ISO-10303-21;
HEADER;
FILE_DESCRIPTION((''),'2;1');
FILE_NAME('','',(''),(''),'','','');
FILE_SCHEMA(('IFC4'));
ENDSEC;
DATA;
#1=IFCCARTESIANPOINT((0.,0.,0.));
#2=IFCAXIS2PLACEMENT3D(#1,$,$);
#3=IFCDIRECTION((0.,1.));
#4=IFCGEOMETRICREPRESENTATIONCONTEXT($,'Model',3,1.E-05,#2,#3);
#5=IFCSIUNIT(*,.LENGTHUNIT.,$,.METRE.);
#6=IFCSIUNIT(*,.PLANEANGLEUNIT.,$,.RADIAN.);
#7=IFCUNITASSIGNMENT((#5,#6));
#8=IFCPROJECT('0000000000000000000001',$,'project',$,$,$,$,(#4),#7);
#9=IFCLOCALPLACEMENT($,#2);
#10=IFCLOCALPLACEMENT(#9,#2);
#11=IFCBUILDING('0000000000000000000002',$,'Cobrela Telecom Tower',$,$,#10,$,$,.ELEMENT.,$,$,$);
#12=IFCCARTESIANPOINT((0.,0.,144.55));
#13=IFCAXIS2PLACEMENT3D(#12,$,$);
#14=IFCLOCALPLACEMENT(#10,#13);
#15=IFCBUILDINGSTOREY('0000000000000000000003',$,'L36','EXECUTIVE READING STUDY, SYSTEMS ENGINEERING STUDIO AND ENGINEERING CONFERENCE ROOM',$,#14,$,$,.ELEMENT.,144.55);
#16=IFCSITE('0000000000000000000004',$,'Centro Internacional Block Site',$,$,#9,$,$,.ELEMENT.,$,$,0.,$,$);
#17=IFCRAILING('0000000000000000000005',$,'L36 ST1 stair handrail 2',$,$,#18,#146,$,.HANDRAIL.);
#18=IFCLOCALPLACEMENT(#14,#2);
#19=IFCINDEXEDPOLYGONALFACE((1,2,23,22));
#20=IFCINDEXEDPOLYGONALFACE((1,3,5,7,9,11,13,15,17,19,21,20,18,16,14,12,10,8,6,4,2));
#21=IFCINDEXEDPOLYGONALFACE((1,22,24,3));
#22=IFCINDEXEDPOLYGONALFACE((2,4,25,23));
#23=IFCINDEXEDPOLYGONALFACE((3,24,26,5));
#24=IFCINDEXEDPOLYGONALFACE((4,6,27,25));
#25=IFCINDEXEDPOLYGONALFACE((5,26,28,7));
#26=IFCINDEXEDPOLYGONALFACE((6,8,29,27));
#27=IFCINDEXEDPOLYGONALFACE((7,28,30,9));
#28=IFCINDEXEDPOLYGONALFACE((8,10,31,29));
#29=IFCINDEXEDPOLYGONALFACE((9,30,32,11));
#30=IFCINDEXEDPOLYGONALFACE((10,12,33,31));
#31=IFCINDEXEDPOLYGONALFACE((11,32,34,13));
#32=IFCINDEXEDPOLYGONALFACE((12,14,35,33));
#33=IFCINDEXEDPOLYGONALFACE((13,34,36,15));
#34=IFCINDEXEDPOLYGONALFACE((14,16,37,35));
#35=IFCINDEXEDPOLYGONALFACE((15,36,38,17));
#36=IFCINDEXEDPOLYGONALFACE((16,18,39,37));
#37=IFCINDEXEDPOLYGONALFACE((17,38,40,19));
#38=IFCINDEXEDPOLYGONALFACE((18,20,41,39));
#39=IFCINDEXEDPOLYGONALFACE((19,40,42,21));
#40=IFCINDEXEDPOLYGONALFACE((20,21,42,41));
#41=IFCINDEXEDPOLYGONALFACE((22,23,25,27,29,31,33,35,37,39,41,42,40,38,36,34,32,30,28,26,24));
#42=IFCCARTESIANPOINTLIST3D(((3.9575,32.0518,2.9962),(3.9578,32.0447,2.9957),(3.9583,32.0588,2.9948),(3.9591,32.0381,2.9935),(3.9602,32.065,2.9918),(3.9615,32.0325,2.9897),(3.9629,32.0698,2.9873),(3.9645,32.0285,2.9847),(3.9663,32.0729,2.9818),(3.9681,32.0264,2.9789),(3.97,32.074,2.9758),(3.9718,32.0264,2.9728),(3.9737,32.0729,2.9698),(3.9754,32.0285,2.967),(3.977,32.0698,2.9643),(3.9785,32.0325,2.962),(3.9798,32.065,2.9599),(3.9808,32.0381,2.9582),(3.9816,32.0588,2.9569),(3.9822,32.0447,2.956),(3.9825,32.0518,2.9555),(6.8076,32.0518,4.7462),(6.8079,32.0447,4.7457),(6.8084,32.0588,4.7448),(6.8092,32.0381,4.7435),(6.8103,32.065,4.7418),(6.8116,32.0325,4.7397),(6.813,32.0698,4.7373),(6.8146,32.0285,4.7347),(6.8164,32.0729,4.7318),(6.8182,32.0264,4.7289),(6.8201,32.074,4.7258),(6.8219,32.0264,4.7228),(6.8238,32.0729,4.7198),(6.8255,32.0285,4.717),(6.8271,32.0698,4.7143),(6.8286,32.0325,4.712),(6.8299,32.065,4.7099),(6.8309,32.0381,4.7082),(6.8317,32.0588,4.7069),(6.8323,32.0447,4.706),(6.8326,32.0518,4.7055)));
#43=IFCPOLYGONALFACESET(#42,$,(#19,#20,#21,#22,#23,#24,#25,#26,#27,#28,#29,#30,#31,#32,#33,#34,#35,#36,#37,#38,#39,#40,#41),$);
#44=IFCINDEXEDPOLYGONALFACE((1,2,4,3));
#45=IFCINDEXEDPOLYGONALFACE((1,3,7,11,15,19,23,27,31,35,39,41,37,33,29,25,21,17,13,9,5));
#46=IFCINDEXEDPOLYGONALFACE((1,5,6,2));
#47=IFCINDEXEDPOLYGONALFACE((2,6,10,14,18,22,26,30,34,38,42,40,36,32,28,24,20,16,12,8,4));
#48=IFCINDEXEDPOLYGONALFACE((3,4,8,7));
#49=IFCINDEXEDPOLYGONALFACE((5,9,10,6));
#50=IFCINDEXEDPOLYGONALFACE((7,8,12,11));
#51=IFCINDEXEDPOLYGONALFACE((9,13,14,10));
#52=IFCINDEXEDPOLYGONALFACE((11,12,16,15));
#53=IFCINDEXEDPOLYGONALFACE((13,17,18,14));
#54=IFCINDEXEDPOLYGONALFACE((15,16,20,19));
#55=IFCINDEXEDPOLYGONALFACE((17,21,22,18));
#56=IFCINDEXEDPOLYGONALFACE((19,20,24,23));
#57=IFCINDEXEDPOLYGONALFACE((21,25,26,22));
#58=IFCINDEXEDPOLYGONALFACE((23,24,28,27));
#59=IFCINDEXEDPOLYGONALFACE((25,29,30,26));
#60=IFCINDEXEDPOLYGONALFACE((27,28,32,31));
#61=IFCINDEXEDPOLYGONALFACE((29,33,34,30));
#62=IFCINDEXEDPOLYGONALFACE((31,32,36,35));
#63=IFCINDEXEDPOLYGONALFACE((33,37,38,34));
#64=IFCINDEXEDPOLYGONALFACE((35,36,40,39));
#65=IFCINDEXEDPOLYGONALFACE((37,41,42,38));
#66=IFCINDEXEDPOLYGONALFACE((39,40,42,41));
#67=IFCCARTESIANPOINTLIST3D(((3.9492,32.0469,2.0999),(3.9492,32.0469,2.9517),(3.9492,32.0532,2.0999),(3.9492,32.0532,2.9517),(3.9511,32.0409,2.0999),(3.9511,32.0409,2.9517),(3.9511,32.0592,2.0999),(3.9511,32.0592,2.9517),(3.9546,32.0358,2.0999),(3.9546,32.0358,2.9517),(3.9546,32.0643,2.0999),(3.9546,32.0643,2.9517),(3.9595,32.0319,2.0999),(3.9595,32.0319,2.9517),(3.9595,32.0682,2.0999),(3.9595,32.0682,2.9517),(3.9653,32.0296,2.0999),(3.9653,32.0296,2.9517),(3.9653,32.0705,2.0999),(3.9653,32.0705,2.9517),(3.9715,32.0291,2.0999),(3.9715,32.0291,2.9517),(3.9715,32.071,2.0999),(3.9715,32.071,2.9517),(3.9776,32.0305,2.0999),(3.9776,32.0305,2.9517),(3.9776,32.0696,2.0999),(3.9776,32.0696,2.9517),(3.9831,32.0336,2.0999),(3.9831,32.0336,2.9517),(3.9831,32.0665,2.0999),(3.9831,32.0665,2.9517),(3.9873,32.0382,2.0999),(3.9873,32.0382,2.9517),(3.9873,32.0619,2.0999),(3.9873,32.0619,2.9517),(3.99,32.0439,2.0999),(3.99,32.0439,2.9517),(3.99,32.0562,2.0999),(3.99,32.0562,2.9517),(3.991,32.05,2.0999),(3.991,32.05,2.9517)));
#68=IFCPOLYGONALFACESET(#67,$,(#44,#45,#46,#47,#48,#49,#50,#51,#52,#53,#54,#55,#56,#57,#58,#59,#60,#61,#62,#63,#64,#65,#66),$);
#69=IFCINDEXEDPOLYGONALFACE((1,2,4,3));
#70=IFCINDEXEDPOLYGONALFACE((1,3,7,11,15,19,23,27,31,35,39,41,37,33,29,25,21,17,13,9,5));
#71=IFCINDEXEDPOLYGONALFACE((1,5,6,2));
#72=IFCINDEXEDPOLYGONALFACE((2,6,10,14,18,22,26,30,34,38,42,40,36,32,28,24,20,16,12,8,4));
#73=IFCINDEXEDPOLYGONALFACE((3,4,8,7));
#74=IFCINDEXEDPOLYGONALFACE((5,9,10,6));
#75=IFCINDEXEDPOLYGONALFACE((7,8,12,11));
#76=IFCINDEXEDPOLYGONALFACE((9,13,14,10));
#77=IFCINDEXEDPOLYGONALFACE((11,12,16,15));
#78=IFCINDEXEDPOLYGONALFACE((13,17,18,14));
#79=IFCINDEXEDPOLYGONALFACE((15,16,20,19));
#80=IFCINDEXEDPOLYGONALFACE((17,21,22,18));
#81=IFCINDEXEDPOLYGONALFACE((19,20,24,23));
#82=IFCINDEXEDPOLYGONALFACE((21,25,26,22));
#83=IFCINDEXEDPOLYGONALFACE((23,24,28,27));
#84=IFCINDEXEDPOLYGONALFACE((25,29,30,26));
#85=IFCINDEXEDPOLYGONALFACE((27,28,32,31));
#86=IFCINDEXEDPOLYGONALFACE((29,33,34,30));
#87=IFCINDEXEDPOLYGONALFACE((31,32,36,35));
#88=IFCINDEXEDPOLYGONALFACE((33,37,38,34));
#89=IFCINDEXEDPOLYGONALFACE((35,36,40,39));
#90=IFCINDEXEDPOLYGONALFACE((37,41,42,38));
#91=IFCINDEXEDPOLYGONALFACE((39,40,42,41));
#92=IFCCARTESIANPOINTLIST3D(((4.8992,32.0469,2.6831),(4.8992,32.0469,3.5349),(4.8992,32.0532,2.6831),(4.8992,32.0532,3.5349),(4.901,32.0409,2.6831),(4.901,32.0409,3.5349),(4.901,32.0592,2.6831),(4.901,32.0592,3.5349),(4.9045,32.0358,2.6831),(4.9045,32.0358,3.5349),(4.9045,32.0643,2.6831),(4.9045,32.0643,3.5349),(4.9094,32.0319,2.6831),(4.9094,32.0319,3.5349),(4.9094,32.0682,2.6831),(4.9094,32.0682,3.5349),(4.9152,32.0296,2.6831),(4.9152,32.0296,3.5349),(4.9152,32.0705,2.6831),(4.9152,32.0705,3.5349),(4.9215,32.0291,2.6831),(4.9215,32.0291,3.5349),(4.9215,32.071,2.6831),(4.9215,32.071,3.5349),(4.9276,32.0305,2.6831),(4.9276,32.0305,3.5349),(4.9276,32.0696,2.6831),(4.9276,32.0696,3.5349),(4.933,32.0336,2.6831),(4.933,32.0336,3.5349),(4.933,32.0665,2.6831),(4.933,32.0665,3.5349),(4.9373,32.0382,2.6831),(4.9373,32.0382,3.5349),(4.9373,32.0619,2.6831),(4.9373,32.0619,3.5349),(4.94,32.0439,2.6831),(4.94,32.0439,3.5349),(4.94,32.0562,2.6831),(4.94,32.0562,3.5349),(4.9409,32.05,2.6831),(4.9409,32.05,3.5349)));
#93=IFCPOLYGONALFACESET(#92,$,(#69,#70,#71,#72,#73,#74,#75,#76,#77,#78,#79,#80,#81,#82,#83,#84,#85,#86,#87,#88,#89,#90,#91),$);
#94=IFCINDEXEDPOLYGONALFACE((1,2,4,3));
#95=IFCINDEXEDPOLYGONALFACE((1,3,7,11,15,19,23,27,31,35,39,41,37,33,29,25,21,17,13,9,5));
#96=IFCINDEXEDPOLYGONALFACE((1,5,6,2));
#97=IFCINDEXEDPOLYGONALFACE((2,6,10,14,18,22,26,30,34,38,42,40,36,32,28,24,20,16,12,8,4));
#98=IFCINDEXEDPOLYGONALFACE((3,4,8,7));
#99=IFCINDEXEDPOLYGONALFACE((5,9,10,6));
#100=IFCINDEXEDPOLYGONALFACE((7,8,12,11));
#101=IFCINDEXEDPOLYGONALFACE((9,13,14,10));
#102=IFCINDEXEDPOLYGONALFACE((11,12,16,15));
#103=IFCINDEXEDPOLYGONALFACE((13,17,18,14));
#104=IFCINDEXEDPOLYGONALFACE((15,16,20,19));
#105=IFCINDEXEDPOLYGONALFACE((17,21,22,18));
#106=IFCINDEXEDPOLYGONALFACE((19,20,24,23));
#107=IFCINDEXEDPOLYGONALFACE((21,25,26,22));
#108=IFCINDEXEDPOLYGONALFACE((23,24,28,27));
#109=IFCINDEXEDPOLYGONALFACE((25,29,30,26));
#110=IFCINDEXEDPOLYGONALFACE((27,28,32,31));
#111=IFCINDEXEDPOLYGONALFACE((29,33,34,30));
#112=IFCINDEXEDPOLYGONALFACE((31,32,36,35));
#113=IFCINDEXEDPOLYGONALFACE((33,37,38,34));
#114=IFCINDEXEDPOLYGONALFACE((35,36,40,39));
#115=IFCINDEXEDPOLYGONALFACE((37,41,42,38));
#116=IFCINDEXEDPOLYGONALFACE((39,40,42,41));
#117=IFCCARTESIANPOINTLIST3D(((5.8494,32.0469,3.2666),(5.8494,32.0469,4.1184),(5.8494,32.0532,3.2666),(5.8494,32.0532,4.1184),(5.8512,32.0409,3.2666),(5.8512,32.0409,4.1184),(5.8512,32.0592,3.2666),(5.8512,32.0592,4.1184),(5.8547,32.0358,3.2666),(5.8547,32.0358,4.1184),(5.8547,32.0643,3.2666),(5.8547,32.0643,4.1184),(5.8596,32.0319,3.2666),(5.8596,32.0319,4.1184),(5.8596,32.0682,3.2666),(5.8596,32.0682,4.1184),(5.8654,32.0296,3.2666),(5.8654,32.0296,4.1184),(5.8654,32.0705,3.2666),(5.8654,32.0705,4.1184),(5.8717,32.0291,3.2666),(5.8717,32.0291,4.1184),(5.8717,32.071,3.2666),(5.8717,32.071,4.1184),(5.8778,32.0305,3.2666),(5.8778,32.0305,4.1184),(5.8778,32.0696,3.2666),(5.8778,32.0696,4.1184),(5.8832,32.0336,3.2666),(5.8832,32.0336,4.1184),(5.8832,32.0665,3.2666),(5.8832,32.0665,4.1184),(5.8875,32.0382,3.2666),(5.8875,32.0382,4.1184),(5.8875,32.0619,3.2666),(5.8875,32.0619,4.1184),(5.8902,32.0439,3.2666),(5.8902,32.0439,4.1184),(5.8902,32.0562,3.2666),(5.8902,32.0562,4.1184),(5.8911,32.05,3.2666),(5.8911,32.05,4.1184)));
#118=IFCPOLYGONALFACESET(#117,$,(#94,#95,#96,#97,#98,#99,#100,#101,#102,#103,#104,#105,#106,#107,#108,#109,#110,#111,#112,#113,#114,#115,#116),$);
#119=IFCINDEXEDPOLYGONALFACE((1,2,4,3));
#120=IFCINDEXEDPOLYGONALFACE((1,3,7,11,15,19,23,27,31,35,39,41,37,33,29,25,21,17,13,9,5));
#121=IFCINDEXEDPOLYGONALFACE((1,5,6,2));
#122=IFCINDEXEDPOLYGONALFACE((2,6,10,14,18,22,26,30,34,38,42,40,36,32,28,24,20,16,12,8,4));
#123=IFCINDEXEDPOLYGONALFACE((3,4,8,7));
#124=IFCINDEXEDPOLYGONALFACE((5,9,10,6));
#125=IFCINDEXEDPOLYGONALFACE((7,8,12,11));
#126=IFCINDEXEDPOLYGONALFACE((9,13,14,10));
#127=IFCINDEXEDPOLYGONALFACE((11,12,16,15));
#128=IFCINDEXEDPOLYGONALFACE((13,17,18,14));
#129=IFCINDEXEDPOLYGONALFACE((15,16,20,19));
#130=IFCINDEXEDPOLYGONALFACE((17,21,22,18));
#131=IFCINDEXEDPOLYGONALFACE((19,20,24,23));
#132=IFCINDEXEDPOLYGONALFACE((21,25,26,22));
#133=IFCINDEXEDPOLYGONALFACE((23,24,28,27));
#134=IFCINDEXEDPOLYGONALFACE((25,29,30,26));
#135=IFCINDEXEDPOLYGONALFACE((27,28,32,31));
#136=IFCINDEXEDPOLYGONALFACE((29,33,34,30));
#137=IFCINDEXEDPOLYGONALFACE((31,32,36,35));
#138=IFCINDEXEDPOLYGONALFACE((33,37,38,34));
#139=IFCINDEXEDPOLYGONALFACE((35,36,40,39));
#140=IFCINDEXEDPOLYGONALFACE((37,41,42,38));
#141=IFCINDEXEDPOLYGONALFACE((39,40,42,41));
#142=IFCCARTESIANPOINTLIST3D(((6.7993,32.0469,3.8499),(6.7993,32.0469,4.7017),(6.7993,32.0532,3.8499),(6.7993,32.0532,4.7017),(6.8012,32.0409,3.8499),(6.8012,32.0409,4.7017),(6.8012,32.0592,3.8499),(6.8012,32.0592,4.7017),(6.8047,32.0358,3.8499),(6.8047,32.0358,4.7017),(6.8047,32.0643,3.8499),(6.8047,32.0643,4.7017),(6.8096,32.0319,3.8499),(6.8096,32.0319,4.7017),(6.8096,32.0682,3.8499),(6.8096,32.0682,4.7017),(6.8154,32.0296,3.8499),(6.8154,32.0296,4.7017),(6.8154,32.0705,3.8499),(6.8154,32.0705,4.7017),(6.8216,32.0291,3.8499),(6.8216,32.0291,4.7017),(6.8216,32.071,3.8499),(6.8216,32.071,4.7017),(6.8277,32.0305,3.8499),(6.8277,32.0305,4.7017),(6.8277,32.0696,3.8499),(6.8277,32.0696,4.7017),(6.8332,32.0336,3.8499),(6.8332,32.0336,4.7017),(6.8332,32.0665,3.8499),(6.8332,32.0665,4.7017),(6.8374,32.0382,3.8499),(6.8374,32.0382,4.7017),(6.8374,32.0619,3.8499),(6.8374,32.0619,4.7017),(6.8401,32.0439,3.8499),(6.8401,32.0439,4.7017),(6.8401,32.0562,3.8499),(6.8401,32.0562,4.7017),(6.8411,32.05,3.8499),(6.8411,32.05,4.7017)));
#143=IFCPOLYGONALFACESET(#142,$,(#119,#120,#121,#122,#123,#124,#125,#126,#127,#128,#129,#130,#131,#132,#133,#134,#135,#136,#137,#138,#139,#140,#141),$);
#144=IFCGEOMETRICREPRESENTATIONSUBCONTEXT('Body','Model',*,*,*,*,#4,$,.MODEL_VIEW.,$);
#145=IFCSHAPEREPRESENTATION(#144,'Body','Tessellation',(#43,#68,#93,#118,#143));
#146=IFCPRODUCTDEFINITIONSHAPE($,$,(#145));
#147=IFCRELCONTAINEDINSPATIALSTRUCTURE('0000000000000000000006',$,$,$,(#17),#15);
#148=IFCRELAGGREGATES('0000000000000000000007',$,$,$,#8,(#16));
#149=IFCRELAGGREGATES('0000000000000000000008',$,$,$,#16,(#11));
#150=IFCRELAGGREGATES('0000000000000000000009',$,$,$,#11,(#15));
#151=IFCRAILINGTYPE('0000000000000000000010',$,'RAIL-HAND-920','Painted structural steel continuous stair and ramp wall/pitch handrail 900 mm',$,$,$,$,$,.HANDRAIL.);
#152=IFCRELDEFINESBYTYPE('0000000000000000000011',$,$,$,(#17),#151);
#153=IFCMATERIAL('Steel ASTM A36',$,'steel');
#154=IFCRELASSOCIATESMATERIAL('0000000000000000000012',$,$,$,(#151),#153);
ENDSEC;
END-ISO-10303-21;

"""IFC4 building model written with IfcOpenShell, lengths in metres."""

from ifc_helpers import new_model, si_unit, direction, frame, origin, origin_2d, place, context, subcontext, project, spatial, circle, extrude, material, type_object, element, save


model = new_model("IFC4")

# Units and contexts
model_context = context("Model", 3, precision=1e-05, world=origin(), true_north=direction((0.0, 1.0)))
body_context = subcontext(model_context, "Body", "Model", "MODEL_VIEW")
ifc_project = project(units=[si_unit("LENGTHUNIT", "METRE"), si_unit("PLANEANGLEUNIT", "RADIAN")], contexts=[model_context])

# Site, building, storey
site_placement = place(None, origin())
site = spatial("IfcSite", under=ifc_project, at=site_placement, Name="Centro Internacional Block Site", CompositionType="ELEMENT", RefElevation=0.0)
building_placement = place(site_placement, origin())
building = spatial("IfcBuilding", under=site, at=building_placement, Name="Cobrela Telecom Tower", CompositionType="ELEMENT")
storey_placement = place(building_placement, frame((0.0, 0.0, 144.55)))
storey = spatial("IfcBuildingStorey", under=building, at=storey_placement, Name="L36", Description="EXECUTIVE READING STUDY, SYSTEMS ENGINEERING STUDIO AND ENGINEERING CONFERENCE ROOM", CompositionType="ELEMENT", Elevation=144.55)

# Shared definitions
ifc_material_1 = material(Name="Steel ASTM A36", Category="steel")

# Railing
railing_type_1 = type_object("IfcRailingType", Name="RAIL-HAND-920", Description="Painted structural steel continuous stair and ramp wall/pitch handrail 900 mm", PredefinedType="HANDRAIL", material=ifc_material_1)
railing_1_placement = place(storey_placement, frame((3.97, 32.05, 2.0999)))
element("IfcRailing", 1, at=railing_1_placement, inside=storey, type_object=railing_type_1, Name="L36 ST1 stair handrail 2", PredefinedType="HANDRAIL", context=body_context, shape_type="SweptSolid", body=[
    extrude(circle(Radius=0.0239, at=origin_2d()), frame((0.0, 0.0, 0.876), z_axis=(0.852179, 0.0, 0.52325), x_axis=(0.0, 1.0, 0.0)), (0.0, 0.0, 1.0), 3.3445),
    extrude(circle(Radius=0.021, at=origin_2d()), origin(), (0.0, 0.0, 1.0), 0.8518),
    extrude(circle(Radius=0.021, at=origin_2d()), frame((0.95, 0.0, 0.5833)), (0.0, 0.0, 1.0), 0.8518),
    extrude(circle(Radius=0.021, at=origin_2d()), frame((1.9001, 0.0, 1.1667)), (0.0, 0.0, 1.0), 0.8518),
    extrude(circle(Radius=0.021, at=origin_2d()), frame((2.8501, 0.0, 1.75)), (0.0, 0.0, 1.0), 0.8518),
])

save(model, "model.ifc")
